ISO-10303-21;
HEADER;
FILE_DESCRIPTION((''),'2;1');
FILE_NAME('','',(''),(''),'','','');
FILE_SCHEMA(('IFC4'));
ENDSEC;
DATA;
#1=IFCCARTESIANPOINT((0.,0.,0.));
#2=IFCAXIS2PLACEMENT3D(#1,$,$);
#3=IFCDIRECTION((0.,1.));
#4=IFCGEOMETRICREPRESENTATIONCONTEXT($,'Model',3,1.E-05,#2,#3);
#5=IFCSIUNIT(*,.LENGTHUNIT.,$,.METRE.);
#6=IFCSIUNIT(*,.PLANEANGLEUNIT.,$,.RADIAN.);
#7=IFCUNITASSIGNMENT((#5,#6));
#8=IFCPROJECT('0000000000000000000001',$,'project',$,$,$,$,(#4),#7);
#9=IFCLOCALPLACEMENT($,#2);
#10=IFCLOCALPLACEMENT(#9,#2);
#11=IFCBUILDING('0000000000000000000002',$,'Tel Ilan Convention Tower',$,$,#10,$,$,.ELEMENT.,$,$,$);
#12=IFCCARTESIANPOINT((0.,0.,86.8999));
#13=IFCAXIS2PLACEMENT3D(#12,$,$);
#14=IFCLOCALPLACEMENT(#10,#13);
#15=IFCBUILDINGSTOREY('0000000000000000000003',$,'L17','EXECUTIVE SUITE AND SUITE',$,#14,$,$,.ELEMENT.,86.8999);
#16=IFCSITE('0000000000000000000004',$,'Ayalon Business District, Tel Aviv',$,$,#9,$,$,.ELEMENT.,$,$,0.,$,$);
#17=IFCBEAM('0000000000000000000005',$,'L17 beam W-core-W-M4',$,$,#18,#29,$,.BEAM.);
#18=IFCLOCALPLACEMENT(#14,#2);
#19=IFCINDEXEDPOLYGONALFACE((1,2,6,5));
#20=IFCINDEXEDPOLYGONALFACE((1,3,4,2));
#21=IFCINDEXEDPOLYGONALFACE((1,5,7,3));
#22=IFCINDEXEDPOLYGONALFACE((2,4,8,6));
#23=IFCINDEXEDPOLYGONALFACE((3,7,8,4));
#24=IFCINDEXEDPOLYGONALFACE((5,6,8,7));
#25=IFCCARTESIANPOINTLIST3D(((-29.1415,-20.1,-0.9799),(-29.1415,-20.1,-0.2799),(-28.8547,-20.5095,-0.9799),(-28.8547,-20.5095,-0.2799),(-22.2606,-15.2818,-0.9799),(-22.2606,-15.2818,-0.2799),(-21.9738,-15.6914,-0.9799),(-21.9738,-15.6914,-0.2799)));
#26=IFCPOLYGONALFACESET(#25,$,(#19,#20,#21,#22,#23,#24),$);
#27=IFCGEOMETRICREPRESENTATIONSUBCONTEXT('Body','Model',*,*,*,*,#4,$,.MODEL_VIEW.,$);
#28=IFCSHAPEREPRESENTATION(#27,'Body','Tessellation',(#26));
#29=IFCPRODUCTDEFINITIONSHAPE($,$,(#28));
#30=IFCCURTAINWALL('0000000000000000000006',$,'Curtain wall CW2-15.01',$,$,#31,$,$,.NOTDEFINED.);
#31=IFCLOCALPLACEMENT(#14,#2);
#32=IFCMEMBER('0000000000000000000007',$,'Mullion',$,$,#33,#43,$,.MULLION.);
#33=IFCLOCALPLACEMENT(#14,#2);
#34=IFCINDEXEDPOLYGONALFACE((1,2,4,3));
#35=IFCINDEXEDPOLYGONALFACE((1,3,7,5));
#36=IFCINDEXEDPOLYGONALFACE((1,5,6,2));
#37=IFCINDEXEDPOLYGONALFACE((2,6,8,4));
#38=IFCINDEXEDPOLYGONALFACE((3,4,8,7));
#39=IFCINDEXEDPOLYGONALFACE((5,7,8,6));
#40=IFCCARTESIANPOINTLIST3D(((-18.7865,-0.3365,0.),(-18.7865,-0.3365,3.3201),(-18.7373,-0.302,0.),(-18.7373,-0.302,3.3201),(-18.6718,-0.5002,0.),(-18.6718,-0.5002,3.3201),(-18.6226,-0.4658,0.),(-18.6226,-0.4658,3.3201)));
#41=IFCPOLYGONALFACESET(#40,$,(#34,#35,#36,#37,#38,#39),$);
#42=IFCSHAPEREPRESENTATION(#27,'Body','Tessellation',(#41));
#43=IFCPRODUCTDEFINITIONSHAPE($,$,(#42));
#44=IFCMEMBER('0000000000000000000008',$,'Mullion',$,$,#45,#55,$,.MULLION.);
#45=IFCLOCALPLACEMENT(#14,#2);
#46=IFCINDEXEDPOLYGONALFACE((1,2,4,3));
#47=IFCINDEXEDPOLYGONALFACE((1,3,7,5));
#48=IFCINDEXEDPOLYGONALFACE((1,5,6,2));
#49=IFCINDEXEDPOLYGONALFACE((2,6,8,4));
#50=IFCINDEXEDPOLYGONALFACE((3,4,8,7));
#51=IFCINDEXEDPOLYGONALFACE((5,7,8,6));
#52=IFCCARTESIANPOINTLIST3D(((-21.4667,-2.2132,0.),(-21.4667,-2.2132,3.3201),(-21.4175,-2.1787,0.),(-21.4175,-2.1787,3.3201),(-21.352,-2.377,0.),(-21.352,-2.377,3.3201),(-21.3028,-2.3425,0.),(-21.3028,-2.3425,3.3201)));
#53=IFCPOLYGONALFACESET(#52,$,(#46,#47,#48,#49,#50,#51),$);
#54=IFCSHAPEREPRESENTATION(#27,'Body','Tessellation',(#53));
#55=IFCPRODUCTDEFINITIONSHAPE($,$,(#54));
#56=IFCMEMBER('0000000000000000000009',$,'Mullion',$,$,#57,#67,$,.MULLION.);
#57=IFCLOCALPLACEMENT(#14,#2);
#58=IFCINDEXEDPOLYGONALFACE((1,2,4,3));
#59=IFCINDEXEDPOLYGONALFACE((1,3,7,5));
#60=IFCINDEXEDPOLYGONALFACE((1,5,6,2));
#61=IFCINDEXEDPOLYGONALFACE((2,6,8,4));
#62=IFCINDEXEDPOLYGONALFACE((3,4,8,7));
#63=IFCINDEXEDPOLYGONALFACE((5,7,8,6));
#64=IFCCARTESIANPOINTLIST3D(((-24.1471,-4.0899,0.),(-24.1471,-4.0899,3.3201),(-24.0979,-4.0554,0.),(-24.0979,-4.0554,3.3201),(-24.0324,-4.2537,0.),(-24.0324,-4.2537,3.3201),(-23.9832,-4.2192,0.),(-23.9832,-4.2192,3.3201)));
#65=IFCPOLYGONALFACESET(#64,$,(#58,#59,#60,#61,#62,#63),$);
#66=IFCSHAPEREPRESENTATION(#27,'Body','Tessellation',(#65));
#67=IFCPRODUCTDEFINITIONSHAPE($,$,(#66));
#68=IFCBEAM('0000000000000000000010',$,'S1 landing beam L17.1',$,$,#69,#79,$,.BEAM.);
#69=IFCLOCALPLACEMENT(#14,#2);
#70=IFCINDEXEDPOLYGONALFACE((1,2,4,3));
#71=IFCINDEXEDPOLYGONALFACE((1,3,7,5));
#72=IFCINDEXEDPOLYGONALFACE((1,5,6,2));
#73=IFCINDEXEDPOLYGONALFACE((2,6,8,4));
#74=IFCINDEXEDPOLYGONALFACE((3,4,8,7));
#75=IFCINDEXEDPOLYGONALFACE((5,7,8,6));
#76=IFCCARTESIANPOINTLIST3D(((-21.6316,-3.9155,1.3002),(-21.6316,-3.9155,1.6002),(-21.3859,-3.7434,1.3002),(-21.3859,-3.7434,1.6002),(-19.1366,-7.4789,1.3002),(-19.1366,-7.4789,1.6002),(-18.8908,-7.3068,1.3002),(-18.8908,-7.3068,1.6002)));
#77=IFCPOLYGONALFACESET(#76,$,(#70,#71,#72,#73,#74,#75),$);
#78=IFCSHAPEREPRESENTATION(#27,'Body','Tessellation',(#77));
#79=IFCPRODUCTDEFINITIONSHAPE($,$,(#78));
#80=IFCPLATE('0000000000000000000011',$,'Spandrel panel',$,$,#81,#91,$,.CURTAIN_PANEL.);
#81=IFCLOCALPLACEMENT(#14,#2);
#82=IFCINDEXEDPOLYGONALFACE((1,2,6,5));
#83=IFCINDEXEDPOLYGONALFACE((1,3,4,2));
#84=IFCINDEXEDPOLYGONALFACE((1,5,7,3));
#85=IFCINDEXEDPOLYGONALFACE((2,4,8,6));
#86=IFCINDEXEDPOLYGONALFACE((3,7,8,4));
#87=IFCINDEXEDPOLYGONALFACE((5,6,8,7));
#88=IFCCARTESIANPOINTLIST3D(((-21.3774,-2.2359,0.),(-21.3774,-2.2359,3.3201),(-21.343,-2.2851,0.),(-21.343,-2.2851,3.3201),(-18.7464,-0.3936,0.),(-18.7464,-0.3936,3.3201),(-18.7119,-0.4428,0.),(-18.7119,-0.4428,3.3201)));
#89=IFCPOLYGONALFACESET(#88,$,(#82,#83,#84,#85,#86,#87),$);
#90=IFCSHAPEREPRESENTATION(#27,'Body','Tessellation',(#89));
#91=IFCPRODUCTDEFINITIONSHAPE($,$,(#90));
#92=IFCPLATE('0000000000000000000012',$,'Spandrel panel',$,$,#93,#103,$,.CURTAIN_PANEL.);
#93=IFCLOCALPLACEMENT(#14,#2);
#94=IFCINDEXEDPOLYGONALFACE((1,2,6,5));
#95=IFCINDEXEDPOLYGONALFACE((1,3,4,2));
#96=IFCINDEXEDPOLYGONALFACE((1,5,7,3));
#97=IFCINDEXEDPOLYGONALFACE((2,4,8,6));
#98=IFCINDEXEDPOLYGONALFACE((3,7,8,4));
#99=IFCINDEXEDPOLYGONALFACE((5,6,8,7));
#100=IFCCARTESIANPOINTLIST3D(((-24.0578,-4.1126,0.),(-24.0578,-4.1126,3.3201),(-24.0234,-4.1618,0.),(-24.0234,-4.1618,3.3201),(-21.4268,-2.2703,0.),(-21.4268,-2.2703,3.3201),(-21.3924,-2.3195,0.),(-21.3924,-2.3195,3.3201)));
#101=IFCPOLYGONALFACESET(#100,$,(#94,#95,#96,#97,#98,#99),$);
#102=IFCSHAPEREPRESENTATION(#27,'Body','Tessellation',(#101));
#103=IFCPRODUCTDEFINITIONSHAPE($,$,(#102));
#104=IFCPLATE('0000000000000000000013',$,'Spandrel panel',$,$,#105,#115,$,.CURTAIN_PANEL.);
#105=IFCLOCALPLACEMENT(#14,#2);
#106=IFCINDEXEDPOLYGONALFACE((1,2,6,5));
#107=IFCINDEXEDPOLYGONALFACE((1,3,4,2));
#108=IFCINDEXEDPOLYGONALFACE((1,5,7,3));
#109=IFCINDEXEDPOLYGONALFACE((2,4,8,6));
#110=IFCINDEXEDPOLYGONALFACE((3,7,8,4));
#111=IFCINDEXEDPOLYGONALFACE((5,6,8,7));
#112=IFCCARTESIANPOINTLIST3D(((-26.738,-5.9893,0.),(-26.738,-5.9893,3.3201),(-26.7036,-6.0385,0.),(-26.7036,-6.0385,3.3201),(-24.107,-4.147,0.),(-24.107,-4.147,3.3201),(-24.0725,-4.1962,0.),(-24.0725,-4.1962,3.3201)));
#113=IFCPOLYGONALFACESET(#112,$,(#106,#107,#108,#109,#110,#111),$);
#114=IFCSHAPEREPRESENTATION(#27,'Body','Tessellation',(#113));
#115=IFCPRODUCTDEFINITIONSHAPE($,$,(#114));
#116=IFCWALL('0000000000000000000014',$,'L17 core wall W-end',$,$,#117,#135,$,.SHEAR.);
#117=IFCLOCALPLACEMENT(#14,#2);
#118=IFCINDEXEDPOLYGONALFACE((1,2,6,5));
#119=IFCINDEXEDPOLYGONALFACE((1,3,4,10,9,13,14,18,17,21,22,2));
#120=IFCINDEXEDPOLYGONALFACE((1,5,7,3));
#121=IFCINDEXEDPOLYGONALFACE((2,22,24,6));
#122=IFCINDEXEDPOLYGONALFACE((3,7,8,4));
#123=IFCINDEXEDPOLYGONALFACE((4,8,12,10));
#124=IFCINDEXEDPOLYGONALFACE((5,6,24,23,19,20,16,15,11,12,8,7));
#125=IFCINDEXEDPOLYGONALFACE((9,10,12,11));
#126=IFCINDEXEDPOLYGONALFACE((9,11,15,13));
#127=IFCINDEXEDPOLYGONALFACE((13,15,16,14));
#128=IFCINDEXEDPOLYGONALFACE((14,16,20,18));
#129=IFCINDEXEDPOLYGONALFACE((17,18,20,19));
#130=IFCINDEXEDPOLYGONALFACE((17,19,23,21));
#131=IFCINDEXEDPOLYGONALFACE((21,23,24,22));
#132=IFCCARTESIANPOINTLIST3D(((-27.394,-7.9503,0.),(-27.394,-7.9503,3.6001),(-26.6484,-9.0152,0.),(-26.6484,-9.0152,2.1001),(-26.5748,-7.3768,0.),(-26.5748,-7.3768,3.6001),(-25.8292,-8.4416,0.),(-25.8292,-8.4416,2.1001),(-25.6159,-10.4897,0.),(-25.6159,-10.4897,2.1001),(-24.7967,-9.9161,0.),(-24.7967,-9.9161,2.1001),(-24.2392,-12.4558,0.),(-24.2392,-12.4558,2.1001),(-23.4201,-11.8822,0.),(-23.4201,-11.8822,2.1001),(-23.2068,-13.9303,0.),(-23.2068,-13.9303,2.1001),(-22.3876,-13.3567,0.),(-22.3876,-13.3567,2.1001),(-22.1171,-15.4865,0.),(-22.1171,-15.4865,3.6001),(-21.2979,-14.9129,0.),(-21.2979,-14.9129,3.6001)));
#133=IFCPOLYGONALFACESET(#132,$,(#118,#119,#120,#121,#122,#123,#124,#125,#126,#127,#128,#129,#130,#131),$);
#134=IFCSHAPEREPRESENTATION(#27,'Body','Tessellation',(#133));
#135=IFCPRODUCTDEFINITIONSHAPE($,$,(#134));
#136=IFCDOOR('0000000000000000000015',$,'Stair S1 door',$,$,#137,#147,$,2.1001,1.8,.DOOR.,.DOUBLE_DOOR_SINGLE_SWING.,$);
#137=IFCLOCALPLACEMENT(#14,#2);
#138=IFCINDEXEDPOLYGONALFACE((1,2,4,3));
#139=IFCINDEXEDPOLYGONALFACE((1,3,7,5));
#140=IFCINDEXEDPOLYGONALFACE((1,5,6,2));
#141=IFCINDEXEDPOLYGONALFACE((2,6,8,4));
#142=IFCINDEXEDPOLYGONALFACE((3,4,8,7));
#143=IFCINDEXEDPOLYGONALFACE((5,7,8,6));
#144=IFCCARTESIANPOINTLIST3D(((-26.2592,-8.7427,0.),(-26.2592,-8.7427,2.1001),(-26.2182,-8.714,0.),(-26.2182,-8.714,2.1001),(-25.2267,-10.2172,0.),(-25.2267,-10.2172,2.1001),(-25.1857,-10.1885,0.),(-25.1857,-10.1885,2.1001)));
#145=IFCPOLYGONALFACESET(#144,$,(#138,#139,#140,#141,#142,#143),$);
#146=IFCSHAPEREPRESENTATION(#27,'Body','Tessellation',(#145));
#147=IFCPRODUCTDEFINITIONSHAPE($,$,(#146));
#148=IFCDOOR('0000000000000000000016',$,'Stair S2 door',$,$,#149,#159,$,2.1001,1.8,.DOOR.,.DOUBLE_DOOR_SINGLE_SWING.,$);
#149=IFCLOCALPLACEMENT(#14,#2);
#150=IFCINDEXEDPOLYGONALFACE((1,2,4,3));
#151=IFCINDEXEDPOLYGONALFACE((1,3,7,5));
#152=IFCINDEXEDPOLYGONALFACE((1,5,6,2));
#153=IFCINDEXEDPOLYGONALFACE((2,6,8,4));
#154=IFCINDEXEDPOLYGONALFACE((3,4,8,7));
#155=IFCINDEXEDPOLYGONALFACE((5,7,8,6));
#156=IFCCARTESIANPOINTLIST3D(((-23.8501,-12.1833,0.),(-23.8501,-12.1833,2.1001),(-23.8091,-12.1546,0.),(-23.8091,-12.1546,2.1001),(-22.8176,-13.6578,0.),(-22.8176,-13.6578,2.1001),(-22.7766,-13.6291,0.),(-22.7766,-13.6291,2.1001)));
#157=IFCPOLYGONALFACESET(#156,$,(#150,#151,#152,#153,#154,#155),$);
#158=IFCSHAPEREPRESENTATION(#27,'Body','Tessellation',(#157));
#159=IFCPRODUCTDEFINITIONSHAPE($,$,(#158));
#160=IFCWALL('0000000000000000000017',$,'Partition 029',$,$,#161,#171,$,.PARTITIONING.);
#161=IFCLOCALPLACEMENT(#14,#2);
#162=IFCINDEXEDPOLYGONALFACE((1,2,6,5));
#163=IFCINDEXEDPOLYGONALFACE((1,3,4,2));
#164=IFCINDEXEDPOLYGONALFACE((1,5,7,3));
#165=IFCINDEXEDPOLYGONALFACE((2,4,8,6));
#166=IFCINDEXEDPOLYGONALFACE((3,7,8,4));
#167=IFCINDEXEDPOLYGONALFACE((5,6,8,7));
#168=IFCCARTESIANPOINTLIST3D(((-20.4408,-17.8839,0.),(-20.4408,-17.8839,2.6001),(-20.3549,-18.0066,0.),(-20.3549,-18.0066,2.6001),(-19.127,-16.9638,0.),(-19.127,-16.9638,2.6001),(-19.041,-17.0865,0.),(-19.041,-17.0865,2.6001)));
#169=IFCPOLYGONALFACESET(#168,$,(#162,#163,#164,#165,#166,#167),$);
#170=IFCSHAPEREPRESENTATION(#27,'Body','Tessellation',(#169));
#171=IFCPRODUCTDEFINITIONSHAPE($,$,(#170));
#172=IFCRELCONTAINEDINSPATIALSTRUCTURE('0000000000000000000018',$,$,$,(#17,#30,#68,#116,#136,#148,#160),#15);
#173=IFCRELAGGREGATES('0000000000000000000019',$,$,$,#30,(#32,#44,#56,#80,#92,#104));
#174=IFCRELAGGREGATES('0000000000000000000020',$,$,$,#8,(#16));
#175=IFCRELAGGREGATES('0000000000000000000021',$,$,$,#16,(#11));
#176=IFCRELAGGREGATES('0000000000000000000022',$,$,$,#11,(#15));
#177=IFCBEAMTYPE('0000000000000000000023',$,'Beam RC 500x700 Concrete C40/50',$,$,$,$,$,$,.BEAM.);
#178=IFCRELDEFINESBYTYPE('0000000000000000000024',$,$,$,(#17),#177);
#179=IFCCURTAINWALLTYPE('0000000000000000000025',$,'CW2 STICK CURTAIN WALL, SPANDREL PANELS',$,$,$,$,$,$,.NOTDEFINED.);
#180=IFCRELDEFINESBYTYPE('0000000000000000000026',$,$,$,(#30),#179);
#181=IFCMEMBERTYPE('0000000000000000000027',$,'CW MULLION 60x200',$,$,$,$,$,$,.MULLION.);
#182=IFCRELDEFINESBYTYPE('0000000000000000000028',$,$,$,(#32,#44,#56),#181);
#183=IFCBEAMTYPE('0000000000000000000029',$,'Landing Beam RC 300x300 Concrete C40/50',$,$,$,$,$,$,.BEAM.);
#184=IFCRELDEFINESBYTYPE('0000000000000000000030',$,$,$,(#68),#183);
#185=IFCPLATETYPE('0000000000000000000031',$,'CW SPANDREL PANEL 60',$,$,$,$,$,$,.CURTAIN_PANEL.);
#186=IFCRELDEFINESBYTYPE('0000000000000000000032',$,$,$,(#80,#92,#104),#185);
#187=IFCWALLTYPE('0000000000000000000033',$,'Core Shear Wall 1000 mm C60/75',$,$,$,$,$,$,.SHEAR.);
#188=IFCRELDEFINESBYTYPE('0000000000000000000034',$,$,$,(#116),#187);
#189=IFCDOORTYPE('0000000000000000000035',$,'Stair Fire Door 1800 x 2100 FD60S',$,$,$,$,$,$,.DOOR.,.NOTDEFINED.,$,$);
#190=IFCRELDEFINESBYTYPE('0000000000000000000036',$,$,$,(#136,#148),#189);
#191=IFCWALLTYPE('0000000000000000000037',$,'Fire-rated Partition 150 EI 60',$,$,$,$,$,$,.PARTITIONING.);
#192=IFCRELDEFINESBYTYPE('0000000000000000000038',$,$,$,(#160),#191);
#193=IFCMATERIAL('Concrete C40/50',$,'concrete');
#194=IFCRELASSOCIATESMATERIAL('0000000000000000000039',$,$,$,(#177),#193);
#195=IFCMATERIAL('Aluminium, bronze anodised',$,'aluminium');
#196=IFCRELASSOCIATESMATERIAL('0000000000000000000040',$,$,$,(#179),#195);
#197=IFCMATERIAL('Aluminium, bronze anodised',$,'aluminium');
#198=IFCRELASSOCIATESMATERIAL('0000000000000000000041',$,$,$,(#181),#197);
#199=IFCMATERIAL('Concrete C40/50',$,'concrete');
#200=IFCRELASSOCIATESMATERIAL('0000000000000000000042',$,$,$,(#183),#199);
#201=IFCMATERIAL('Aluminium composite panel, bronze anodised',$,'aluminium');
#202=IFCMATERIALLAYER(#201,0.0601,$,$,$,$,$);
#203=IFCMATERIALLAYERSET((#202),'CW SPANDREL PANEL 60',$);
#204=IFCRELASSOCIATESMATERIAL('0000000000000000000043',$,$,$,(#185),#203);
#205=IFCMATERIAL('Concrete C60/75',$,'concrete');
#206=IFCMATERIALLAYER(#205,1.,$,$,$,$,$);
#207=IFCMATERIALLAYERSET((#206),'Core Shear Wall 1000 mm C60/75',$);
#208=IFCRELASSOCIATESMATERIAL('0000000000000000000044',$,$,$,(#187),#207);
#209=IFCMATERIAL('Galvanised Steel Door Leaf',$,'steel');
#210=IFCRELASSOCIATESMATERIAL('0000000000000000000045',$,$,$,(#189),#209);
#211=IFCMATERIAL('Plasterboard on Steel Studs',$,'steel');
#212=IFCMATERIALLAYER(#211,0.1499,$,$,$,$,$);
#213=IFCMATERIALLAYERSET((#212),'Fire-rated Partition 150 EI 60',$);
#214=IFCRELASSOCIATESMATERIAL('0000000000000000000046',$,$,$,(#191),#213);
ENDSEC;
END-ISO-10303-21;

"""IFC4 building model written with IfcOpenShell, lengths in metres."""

from ifc_helpers import new_model, si_unit, direction, frame, frame_2d, origin, origin_2d, place, context, subcontext, project, spatial, polyline, rectangle, outline, extrude, material, layer, layer_set, material_profile, profile_set, type_object, element, fill, aggregate, save


model = new_model("IFC4")

# Units and contexts
model_context = context("Model", 3, precision=1e-05, world=origin(), true_north=direction((0.0, 1.0)))
body_context = subcontext(model_context, "Body", "Model", "MODEL_VIEW")
ifc_project = project(units=[si_unit("LENGTHUNIT", "METRE"), si_unit("PLANEANGLEUNIT", "RADIAN")], contexts=[model_context])

# Site, building, storey
site_placement = place(None, origin())
site = spatial("IfcSite", under=ifc_project, at=site_placement, Name="Ayalon Business District, Tel Aviv", CompositionType="ELEMENT", RefElevation=0.0)
building_placement = place(site_placement, origin())
building = spatial("IfcBuilding", under=site, at=building_placement, Name="Tel Ilan Convention Tower", CompositionType="ELEMENT")
storey_placement = place(building_placement, frame((0.0, 0.0, 86.8999)))
storey = spatial("IfcBuildingStorey", under=building, at=storey_placement, Name="L17", Description="EXECUTIVE SUITE AND SUITE", CompositionType="ELEMENT", Elevation=86.8999)

# Beam
ifc_material_1 = material(Name="Concrete C40/50", Category="concrete")
ifc_material_profile_1 = material_profile(ifc_material_1, rectangle(XDim=0.5, YDim=0.7, at=origin_2d()), Name="RC 500x700")
ifc_profile_set_1 = profile_set([ifc_material_profile_1], Name="Concrete C40/50")
beam_type_1 = type_object("IfcBeamType", Name="Beam RC 500x700 Concrete C40/50", PredefinedType="BEAM", material=ifc_profile_set_1)
beam_1_placement = place(storey_placement, frame((-22.1172, -15.4866, -0.6299), z_axis=(-0.819147, -0.573583, 0.0), x_axis=(0.573583, -0.819147, 0.0)))
element("IfcBeam", 1, at=beam_1_placement, inside=storey, type_object=beam_type_1, Name="L17 beam W-core-W-M4", PredefinedType="BEAM", context=body_context, shape_type="SweptSolid", body=[
    extrude(rectangle(XDim=0.5, YDim=0.7, at=origin_2d()), origin(), (0.0, 0.0, 1.0), 8.4001),
])

# Curtain wall, members
ifc_material_2 = material(Name="Aluminium, bronze anodised", Category="aluminium")
curtain_wall_type = type_object("IfcCurtainWallType", Name="CW2 STICK CURTAIN WALL, SPANDREL PANELS", PredefinedType="NOTDEFINED", material=ifc_material_2)
curtain_wall_placement = place(storey_placement, origin())
curtain_wall = element("IfcCurtainWall", 2, at=curtain_wall_placement, inside=storey, type_object=curtain_wall_type, Name="Curtain wall CW2-15.01", PredefinedType="NOTDEFINED")
ifc_material_3 = material(Name="Aluminium, bronze anodised", Category="aluminium")
ifc_material_profile_2 = material_profile(ifc_material_3, rectangle(XDim=0.0601, YDim=0.2, at=origin_2d()), Name="CW MULLION 60x200")
ifc_profile_set_2 = profile_set([ifc_material_profile_2], Name="Aluminium, bronze anodised")
member_type = type_object("IfcMemberType", Name="CW MULLION 60x200", PredefinedType="MULLION", material=ifc_profile_set_2)
member_1_placement = place(storey_placement, frame((-18.7046, -0.4011, 0.0), z_axis=(0.0, 0.0, 1.0), x_axis=(-0.819152, -0.573576, 0.0)))
member_1 = element("IfcMember", 3, at=member_1_placement, type_object=member_type, Name="Mullion", PredefinedType="MULLION", context=body_context, shape_type="SweptSolid", body=[
    extrude(rectangle(XDim=0.0601, YDim=0.2, at=origin_2d()), origin(), (0.0, 0.0, 1.0), 3.3201),
])
member_2_placement = place(storey_placement, frame((-21.3848, -2.2778, 0.0), z_axis=(0.0, 0.0, 1.0), x_axis=(-0.819152, -0.573576, 0.0)))
member_2 = element("IfcMember", 4, at=member_2_placement, type_object=member_type, Name="Mullion", PredefinedType="MULLION", context=body_context, shape_type="SweptSolid", body=[
    extrude(rectangle(XDim=0.0601, YDim=0.2, at=origin_2d()), origin(), (0.0, 0.0, 1.0), 3.3201),
])
member_3_placement = place(storey_placement, frame((-24.0652, -4.1545, 0.0), z_axis=(0.0, 0.0, 1.0), x_axis=(-0.819152, -0.573576, 0.0)))
member_3 = element("IfcMember", 5, at=member_3_placement, type_object=member_type, Name="Mullion", PredefinedType="MULLION", context=body_context, shape_type="SweptSolid", body=[
    extrude(rectangle(XDim=0.0601, YDim=0.2, at=origin_2d()), origin(), (0.0, 0.0, 1.0), 3.3201),
])

# Beam
ifc_material_4 = material(Name="Concrete C40/50", Category="concrete")
ifc_material_profile_3 = material_profile(ifc_material_4, rectangle(XDim=0.3, YDim=0.3, at=origin_2d()), Name="RC 300x300")
ifc_profile_set_3 = profile_set([ifc_material_profile_3], Name="Concrete C40/50")
beam_type_2 = type_object("IfcBeamType", Name="Landing Beam RC 300x300 Concrete C40/50", PredefinedType="BEAM", material=ifc_profile_set_3)
beam_2_placement = place(storey_placement, frame((-19.0137, -7.3928, 1.4502), z_axis=(-0.573568, 0.819158, 0.0), x_axis=(-0.819158, -0.573568, 0.0)))
element("IfcBeam", 6, at=beam_2_placement, inside=storey, type_object=beam_type_2, Name="S1 landing beam L17.1", PredefinedType="BEAM", context=body_context, shape_type="SweptSolid", body=[
    extrude(rectangle(XDim=0.3, YDim=0.3, at=origin_2d()), origin(), (0.0, 0.0, 1.0), 4.3501),
])

# Plates
ifc_material_5 = material(Name="Aluminium composite panel, bronze anodised", Category="aluminium")
ifc_layer_1 = layer(ifc_material_5, 0.0601)
ifc_layer_set_1 = layer_set([ifc_layer_1], Name="CW SPANDREL PANEL 60")
plate_type = type_object("IfcPlateType", Name="CW SPANDREL PANEL 60", PredefinedType="CURTAIN_PANEL", material=ifc_layer_set_1)
plate_1_placement = place(storey_placement, frame((-20.0447, -1.3394, 0.0), z_axis=(0.0, 0.0, 1.0), x_axis=(-0.819152, -0.573576, 0.0)))
plate_1 = element("IfcPlate", 7, at=plate_1_placement, type_object=plate_type, Name="Spandrel panel", PredefinedType="CURTAIN_PANEL", context=body_context, shape_type="SweptSolid", body=[
    extrude(rectangle(XDim=3.2119, YDim=0.0601, at=origin_2d()), origin(), (0.0, 0.0, 1.0), 3.3201),
])
plate_2_placement = place(storey_placement, frame((-22.7251, -3.2161, 0.0), z_axis=(0.0, 0.0, 1.0), x_axis=(-0.819152, -0.573576, 0.0)))
plate_2 = element("IfcPlate", 8, at=plate_2_placement, type_object=plate_type, Name="Spandrel panel", PredefinedType="CURTAIN_PANEL", context=body_context, shape_type="SweptSolid", body=[
    extrude(rectangle(XDim=3.2119, YDim=0.0601, at=origin_2d()), origin(), (0.0, 0.0, 1.0), 3.3201),
])
plate_3_placement = place(storey_placement, frame((-25.4053, -5.0928, 0.0), z_axis=(0.0, 0.0, 1.0), x_axis=(-0.819152, -0.573576, 0.0)))
plate_3 = element("IfcPlate", 9, at=plate_3_placement, type_object=plate_type, Name="Spandrel panel", PredefinedType="CURTAIN_PANEL", context=body_context, shape_type="SweptSolid", body=[
    extrude(rectangle(XDim=3.2119, YDim=0.0601, at=origin_2d()), origin(), (0.0, 0.0, 1.0), 3.3201),
])
aggregate(curtain_wall, [member_1, member_2, member_3, plate_1, plate_2, plate_3])

# Wall, openings, doors
ifc_material_6 = material(Name="Concrete C60/75", Category="concrete")
ifc_layer_2 = layer(ifc_material_6, 1.0)
ifc_layer_set_2 = layer_set([ifc_layer_2], Name="Core Shear Wall 1000 mm C60/75")
wall_type_1 = type_object("IfcWallType", Name="Core Shear Wall 1000 mm C60/75", PredefinedType="SHEAR", material=ifc_layer_set_2)
wall_1_placement = place(storey_placement, frame((-21.7075, -15.1997, 0.0), z_axis=(0.0, 0.0, 1.0), x_axis=(-0.573576, 0.819152, 0.0)))
wall_1 = element("IfcWall", 10, at=wall_1_placement, inside=storey, type_object=wall_type_1, Name="L17 core wall W-end", PredefinedType="SHEAR", context=body_context, shape_type="SweptSolid", body=[
    extrude(outline(polyline([(0.0, 0.5), (0.0, -0.5), (9.2, -0.5), (9.2, 0.5), (0.0, 0.5)])), origin(), (0.0, 0.0, 1.0), 3.6001),
])
opening_1_placement = place(wall_1_placement, frame((6.1001, 0.0, 0.0)))
opening_1 = element("IfcOpeningElement", 11, at=opening_1_placement, cuts=wall_1, PredefinedType="OPENING", context=body_context, shape_type="SweptSolid", body=[
    extrude(rectangle(XDim=1.8, YDim=2.1001, at=frame_2d((0.8999, 1.05))), frame((0.0, 0.51, 0.0), z_axis=(0.0, -1.0, 0.0), x_axis=(1.0, 0.0, 0.0)), (0.0, 0.0, 1.0), 1.02),
])
opening_2_placement = place(wall_1_placement, frame((1.8999, 0.0, 0.0)))
opening_2 = element("IfcOpeningElement", 12, at=opening_2_placement, cuts=wall_1, PredefinedType="OPENING", context=body_context, shape_type="SweptSolid", body=[
    extrude(rectangle(XDim=1.8, YDim=2.1001, at=frame_2d((0.8999, 1.05))), frame((0.0, 0.51, 0.0), z_axis=(0.0, -1.0, 0.0), x_axis=(1.0, 0.0, 0.0)), (0.0, 0.0, 1.0), 1.02),
])
ifc_material_7 = material(Name="Galvanised Steel Door Leaf", Category="steel")
door_type = type_object("IfcDoorType", Name="Stair Fire Door 1800 x 2100 FD60S", OperationType="NOTDEFINED", PredefinedType="DOOR", material=ifc_material_7)
door_1_placement = place(opening_1_placement, origin())
door_1 = element("IfcDoor", 13, at=door_1_placement, inside=storey, type_object=door_type, Name="Stair S1 door", OperationType="DOUBLE_DOOR_SINGLE_SWING", OverallHeight=2.1001, OverallWidth=1.8, PredefinedType="DOOR", context=body_context, shape_type="SweptSolid", body=[
    extrude(rectangle(XDim=1.8, YDim=2.1001, at=frame_2d((0.8999, 1.05))), frame((0.0, 0.0249, 0.0), z_axis=(0.0, -1.0, 0.0), x_axis=(1.0, 0.0, 0.0)), (0.0, 0.0, 1.0), 0.05),
])
fill(opening_1, door_1)
door_2_placement = place(opening_2_placement, origin())
door_2 = element("IfcDoor", 14, at=door_2_placement, inside=storey, type_object=door_type, Name="Stair S2 door", OperationType="DOUBLE_DOOR_SINGLE_SWING", OverallHeight=2.1001, OverallWidth=1.8, PredefinedType="DOOR", context=body_context, shape_type="SweptSolid", body=[
    extrude(rectangle(XDim=1.8, YDim=2.1001, at=frame_2d((0.8999, 1.05))), frame((0.0, 0.0249, 0.0), z_axis=(0.0, -1.0, 0.0), x_axis=(1.0, 0.0, 0.0)), (0.0, 0.0, 1.0), 0.05),
])
fill(opening_2, door_2)

# Wall
ifc_material_8 = material(Name="Plasterboard on Steel Studs", Category="steel")
ifc_layer_3 = layer(ifc_material_8, 0.1499)
ifc_layer_set_3 = layer_set([ifc_layer_3], Name="Fire-rated Partition 150 EI 60")
wall_type_2 = type_object("IfcWallType", Name="Fire-rated Partition 150 EI 60", PredefinedType="PARTITIONING", material=ifc_layer_set_3)
wall_2_placement = place(storey_placement, frame((-19.084, -17.0251, 0.0), z_axis=(0.0, 0.0, 1.0), x_axis=(-0.819118, -0.573626, 0.0)))
element("IfcWall", 15, at=wall_2_placement, inside=storey, type_object=wall_type_2, Name="Partition 029", PredefinedType="PARTITIONING", context=body_context, shape_type="SweptSolid", body=[
    extrude(rectangle(XDim=1.604, YDim=0.1499, at=frame_2d((0.802, 0.0))), origin(), (0.0, 0.0, 1.0), 2.6001),
])

save(model, "model.ifc")
